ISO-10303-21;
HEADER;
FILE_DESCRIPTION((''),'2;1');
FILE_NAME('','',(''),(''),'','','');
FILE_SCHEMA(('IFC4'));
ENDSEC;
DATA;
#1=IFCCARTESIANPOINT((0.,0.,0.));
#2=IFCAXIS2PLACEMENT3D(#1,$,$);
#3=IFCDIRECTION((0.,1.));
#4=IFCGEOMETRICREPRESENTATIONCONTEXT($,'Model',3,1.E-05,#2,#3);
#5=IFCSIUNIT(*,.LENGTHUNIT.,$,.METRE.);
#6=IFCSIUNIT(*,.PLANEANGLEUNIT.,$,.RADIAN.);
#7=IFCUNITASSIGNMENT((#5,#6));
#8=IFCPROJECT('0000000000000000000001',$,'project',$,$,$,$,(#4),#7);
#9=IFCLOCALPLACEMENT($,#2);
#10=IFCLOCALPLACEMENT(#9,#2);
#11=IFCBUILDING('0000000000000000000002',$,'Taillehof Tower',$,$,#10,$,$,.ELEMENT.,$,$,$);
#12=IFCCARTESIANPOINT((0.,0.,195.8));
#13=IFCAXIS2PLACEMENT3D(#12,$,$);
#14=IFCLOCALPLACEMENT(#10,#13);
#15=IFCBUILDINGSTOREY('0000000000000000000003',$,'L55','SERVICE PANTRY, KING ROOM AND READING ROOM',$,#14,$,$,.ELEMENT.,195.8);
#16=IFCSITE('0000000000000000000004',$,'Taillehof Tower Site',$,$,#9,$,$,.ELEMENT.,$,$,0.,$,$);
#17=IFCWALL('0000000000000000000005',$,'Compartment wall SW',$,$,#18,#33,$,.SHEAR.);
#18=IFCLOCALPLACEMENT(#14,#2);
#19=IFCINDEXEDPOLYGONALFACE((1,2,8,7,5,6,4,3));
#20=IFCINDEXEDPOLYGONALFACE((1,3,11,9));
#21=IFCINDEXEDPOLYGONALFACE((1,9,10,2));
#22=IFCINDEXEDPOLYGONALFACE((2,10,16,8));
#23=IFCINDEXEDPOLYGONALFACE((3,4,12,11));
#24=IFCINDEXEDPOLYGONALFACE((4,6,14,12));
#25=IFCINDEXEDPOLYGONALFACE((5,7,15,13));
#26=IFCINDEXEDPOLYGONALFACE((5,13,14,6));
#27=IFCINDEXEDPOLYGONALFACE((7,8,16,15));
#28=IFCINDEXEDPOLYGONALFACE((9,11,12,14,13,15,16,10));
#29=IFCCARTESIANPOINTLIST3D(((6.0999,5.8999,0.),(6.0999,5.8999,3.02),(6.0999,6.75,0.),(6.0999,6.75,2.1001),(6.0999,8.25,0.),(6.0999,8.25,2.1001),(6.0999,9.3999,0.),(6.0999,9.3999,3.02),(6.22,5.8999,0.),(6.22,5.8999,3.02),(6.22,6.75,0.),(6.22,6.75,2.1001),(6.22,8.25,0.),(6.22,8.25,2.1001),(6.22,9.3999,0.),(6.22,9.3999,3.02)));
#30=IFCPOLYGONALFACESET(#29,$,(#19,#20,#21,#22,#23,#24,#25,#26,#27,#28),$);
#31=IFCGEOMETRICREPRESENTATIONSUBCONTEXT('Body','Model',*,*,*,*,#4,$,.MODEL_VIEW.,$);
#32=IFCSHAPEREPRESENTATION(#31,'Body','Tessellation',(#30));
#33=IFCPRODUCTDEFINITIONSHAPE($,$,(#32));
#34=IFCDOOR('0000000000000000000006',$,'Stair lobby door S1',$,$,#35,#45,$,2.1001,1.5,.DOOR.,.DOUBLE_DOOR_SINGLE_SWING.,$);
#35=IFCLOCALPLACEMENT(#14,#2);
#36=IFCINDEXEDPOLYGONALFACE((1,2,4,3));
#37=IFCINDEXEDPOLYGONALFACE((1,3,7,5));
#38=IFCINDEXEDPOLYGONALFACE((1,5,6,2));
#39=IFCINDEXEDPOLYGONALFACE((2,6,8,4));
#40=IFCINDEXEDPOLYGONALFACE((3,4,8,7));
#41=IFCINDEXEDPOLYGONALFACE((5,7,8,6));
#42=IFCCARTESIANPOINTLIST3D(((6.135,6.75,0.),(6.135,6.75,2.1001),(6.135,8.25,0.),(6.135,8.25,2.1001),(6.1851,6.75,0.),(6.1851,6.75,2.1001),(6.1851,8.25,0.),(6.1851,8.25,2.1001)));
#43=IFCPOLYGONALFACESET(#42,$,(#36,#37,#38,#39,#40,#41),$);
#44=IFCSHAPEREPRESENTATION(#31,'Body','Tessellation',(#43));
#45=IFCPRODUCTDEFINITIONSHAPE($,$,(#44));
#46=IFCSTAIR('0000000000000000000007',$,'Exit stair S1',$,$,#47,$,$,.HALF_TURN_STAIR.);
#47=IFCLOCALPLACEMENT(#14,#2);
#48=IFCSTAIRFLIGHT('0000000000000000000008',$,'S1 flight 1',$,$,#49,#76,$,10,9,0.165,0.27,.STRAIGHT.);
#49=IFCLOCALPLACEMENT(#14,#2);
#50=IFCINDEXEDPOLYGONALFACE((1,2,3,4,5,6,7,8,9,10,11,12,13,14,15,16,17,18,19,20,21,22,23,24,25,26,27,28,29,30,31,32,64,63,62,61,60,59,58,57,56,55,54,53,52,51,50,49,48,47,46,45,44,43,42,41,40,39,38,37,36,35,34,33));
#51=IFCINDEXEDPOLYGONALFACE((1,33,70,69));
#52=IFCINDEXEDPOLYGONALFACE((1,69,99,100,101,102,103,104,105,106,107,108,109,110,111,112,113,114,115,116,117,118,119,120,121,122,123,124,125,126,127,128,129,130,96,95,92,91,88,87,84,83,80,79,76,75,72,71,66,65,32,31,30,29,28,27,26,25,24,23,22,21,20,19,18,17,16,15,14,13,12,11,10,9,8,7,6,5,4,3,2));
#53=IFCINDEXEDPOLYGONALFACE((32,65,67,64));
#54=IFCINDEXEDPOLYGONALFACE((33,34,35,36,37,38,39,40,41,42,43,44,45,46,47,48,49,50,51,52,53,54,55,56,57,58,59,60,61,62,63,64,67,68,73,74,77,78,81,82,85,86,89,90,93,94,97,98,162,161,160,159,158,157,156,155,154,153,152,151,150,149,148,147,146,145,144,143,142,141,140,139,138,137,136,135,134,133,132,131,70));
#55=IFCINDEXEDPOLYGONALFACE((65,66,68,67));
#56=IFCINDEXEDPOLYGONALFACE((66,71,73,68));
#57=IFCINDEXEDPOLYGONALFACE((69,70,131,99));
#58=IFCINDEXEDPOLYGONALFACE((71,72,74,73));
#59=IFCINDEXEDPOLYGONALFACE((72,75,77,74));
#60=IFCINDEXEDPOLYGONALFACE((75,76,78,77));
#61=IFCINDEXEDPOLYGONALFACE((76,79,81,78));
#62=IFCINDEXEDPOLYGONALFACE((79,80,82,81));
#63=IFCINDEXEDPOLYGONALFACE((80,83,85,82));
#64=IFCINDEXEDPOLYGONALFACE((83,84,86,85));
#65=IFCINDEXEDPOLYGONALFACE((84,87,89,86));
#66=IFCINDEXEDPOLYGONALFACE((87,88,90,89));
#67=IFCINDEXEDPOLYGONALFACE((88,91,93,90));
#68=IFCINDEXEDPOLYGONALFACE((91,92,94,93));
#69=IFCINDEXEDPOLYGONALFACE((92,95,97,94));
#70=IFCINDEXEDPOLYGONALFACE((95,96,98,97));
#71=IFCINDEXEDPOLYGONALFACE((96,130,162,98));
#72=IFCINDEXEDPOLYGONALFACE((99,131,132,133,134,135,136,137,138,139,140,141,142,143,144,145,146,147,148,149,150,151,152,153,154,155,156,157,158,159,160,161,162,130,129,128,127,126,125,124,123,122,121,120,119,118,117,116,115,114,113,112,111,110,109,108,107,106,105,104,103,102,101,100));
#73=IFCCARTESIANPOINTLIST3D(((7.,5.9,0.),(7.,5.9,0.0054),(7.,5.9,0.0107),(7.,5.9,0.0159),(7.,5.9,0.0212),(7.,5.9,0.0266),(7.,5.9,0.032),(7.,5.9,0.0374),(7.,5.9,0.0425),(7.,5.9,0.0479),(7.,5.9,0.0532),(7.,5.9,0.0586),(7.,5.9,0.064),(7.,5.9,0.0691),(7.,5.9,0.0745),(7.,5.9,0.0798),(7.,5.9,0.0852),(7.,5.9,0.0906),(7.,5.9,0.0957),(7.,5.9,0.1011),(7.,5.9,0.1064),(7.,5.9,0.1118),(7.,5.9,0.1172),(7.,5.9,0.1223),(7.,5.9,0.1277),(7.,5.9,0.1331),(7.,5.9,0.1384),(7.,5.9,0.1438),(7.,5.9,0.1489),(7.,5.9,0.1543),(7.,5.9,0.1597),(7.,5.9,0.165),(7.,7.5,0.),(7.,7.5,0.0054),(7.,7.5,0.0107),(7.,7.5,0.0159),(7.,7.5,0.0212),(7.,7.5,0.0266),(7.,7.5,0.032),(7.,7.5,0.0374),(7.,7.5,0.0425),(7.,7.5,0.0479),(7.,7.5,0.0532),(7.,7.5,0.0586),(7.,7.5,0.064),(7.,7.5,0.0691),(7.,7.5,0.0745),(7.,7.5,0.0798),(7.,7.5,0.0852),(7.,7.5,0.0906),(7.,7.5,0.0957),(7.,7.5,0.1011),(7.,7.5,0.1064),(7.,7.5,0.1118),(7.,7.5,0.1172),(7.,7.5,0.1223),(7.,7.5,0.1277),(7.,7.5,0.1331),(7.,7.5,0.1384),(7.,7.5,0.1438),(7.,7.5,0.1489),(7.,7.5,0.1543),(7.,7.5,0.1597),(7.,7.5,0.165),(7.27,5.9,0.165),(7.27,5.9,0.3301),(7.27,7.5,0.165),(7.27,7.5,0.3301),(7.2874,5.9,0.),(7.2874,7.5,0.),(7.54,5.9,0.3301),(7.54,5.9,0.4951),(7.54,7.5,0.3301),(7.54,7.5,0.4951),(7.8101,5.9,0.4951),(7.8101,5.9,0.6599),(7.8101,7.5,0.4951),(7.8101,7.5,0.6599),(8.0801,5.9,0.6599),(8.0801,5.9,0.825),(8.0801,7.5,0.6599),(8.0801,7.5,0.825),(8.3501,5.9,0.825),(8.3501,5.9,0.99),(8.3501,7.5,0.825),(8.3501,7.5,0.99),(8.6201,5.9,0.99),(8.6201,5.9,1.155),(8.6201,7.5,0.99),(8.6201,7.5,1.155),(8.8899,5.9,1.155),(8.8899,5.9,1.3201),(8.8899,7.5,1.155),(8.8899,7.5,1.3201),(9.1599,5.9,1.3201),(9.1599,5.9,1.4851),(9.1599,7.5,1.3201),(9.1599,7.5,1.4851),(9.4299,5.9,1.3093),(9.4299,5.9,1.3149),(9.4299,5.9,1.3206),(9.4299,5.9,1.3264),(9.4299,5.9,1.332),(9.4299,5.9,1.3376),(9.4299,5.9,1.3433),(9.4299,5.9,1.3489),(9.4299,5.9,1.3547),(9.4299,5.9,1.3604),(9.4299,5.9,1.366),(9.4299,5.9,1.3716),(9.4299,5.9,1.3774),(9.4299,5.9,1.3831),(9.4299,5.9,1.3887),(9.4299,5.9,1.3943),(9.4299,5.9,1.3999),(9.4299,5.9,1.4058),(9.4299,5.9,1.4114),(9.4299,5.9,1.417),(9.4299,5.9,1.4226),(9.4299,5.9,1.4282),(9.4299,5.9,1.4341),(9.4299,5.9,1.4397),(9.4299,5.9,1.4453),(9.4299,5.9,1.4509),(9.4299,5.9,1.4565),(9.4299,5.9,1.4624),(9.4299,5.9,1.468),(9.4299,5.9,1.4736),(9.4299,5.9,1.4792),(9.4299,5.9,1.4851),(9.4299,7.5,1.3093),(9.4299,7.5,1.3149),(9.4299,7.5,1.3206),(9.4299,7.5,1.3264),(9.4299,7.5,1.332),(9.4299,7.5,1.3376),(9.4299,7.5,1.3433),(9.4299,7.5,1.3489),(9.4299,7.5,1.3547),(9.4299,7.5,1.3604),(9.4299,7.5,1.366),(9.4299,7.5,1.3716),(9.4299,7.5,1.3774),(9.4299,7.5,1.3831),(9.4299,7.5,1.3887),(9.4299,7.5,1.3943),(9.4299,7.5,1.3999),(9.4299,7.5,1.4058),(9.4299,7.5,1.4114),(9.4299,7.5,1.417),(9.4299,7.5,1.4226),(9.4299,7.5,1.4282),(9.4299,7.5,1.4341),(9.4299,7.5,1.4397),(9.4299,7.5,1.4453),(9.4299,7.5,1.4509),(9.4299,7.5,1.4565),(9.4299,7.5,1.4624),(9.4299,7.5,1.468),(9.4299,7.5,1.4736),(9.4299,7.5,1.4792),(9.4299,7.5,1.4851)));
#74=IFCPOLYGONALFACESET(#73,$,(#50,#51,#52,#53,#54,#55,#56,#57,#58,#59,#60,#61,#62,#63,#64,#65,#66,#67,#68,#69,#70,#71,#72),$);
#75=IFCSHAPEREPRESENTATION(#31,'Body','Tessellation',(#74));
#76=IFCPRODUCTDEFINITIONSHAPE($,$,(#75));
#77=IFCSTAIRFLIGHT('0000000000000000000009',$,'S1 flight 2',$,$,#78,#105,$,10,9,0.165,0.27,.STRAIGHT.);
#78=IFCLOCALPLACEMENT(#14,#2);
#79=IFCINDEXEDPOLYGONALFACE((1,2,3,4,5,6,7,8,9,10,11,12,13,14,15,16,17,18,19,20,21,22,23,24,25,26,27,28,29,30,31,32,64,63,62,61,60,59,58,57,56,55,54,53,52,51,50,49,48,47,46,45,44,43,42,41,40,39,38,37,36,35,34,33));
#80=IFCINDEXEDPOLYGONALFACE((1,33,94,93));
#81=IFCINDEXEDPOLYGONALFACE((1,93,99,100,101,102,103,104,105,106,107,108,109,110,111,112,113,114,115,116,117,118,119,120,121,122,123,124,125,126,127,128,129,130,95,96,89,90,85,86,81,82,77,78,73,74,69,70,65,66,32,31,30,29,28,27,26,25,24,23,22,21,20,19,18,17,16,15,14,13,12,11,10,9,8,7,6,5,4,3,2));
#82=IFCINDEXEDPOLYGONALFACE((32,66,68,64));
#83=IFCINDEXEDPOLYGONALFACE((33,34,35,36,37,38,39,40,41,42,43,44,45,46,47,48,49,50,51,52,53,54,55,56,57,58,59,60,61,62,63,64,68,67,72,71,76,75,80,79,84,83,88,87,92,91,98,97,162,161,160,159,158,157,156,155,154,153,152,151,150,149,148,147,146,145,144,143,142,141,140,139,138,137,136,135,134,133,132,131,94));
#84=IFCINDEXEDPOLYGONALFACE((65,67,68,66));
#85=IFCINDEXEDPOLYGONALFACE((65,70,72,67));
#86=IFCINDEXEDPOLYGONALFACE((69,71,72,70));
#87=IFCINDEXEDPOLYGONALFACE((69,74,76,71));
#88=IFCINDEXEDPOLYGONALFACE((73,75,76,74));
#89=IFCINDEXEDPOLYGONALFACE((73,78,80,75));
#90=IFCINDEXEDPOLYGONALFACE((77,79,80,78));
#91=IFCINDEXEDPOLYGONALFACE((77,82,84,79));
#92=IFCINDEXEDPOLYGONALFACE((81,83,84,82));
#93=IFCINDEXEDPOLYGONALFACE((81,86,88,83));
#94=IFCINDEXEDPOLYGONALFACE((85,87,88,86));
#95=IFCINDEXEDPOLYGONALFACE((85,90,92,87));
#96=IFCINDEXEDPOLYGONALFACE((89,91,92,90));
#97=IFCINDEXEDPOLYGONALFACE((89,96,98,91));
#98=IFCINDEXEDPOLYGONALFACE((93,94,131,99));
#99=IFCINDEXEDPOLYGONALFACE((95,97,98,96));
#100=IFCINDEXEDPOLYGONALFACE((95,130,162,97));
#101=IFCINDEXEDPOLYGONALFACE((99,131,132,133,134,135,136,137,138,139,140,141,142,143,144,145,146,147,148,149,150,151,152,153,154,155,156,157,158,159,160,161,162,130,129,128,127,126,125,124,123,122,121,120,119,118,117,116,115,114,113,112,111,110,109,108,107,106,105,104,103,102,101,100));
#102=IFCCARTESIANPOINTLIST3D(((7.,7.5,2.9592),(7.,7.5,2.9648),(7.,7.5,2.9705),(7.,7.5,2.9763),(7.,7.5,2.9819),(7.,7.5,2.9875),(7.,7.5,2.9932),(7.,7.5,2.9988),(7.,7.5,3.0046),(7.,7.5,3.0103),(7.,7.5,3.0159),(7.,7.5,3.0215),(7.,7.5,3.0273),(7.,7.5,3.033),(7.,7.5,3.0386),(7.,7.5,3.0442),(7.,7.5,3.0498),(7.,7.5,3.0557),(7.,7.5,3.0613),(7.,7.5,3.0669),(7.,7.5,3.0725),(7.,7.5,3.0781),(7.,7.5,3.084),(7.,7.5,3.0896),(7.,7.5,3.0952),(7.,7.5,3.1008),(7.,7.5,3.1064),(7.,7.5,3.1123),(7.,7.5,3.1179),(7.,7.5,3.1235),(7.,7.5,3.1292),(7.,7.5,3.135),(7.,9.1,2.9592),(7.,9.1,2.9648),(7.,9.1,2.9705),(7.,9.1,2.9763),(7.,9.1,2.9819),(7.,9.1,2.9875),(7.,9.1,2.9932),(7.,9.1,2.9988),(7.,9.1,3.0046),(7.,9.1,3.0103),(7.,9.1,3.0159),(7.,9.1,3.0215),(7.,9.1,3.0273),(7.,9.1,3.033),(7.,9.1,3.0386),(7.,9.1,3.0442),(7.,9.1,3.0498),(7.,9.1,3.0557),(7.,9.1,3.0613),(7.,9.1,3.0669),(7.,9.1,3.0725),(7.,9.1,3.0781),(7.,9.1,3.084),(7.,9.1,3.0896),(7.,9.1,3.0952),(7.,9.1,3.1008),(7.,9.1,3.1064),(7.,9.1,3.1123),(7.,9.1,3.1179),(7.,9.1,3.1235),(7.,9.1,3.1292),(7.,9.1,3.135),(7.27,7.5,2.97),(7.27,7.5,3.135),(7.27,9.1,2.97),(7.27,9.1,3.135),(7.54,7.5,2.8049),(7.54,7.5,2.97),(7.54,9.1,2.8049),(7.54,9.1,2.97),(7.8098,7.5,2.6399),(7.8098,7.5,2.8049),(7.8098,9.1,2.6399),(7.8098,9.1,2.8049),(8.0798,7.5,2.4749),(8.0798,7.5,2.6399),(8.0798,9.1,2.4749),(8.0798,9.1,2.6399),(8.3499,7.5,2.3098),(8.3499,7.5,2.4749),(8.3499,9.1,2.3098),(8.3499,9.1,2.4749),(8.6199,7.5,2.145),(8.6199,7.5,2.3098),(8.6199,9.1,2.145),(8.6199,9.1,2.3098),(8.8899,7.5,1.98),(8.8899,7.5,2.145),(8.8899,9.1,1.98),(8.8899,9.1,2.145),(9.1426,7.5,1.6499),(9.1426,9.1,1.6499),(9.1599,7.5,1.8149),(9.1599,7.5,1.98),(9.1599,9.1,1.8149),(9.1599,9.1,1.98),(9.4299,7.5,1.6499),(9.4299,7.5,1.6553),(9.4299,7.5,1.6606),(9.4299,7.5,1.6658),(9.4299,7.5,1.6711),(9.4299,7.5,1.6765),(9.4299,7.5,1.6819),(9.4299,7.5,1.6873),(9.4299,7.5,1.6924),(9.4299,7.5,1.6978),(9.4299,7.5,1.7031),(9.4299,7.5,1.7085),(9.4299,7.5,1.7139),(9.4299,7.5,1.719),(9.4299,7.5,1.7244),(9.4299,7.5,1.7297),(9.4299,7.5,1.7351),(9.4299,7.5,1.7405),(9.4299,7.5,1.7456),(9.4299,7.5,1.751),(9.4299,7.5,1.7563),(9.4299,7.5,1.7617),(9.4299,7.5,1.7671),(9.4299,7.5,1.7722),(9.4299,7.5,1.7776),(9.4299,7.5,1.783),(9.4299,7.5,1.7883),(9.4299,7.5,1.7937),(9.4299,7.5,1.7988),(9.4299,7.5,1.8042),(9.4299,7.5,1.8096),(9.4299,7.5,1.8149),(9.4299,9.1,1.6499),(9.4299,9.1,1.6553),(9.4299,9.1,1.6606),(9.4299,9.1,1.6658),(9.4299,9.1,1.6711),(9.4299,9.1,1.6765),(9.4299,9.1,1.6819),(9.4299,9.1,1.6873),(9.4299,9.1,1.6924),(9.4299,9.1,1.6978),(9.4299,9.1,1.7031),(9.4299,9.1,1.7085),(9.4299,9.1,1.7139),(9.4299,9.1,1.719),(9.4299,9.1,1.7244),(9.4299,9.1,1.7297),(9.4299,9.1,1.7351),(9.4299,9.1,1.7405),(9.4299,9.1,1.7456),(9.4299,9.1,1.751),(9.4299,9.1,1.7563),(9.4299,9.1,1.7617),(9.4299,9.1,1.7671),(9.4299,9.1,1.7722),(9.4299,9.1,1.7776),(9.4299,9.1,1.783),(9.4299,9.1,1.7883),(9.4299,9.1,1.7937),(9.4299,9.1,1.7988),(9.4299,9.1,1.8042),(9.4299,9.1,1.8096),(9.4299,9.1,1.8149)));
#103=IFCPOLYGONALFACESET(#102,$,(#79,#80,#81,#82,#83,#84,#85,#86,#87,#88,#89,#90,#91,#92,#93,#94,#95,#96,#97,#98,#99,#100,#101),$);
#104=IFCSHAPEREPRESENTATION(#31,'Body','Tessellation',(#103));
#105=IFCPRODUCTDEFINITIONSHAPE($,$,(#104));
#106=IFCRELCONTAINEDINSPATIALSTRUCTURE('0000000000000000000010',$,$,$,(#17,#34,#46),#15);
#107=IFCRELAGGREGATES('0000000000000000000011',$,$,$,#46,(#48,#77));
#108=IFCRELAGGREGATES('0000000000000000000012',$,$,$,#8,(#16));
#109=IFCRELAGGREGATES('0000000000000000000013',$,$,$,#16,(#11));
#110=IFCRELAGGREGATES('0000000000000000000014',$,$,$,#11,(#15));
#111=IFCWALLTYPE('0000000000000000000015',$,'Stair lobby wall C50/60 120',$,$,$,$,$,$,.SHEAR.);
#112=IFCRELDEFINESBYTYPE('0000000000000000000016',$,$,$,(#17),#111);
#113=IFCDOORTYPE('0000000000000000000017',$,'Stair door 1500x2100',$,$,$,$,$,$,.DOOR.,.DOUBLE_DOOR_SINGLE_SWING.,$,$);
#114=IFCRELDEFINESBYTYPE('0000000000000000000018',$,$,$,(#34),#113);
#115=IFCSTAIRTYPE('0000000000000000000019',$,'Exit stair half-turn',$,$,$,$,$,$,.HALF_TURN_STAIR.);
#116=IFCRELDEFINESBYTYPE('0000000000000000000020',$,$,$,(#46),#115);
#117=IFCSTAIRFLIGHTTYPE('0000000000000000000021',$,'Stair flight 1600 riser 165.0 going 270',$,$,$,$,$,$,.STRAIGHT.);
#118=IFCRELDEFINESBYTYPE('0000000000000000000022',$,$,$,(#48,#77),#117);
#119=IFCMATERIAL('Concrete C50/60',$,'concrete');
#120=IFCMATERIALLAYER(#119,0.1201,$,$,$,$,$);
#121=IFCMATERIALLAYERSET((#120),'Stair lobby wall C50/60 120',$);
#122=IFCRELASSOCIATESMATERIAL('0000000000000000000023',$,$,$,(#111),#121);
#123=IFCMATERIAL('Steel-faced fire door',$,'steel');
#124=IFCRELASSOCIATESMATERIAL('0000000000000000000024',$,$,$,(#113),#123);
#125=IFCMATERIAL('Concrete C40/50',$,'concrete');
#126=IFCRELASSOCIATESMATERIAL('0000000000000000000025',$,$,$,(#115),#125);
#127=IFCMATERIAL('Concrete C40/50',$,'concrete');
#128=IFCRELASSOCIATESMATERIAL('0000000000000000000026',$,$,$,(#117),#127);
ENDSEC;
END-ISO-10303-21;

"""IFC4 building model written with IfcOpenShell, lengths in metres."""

from ifc_helpers import new_model, si_unit, direction, frame, frame_2d, origin, place, context, subcontext, project, spatial, polyline, rectangle, outline, extrude, material, layer, layer_set, type_object, element, fill, aggregate, save


model = new_model("IFC4")

# Units and contexts
model_context = context("Model", 3, precision=1e-05, world=origin(), true_north=direction((0.0, 1.0)))
body_context = subcontext(model_context, "Body", "Model", "MODEL_VIEW")
ifc_project = project(units=[si_unit("LENGTHUNIT", "METRE"), si_unit("PLANEANGLEUNIT", "RADIAN")], contexts=[model_context])

# Site, building, storey
site_placement = place(None, origin())
site = spatial("IfcSite", under=ifc_project, at=site_placement, Name="Taillehof Tower Site", CompositionType="ELEMENT", RefElevation=0.0)
building_placement = place(site_placement, origin())
building = spatial("IfcBuilding", under=site, at=building_placement, Name="Taillehof Tower", CompositionType="ELEMENT")
storey_placement = place(building_placement, frame((0.0, 0.0, 195.8)))
storey = spatial("IfcBuildingStorey", under=building, at=storey_placement, Name="L55", Description="SERVICE PANTRY, KING ROOM AND READING ROOM", CompositionType="ELEMENT", Elevation=195.8)

# Wall, opening, door
ifc_material_1 = material(Name="Concrete C50/60", Category="concrete")
ifc_layer_1 = layer(ifc_material_1, 0.1201)
ifc_layer_set_1 = layer_set([ifc_layer_1], Name="Stair lobby wall C50/60 120")
wall_type_1 = type_object("IfcWallType", Name="Stair lobby wall C50/60 120", PredefinedType="SHEAR", material=ifc_layer_set_1)
wall_1_placement = place(storey_placement, frame((6.1599, 5.8999, 0.0), z_axis=(0.0, 0.0, 1.0), x_axis=(0.0, 1.0, 0.0)))
wall_1 = element("IfcWall", 1, at=wall_1_placement, inside=storey, type_object=wall_type_1, Name="Compartment wall SW", PredefinedType="SHEAR", context=body_context, shape_type="SweptSolid", body=[
    extrude(rectangle(XDim=3.5, YDim=0.1201, at=frame_2d((1.75, 0.0))), origin(), (0.0, 0.0, 1.0), 3.02),
])
opening_1_placement = place(wall_1_placement, frame((0.8501, 0.0, 0.0)))
opening_1 = element("IfcOpeningElement", 2, at=opening_1_placement, cuts=wall_1, PredefinedType="OPENING", context=body_context, shape_type="SweptSolid", body=[
    extrude(rectangle(XDim=1.5, YDim=2.1001, at=frame_2d((0.75, 1.05))), frame((0.0, 0.0701, 0.0), z_axis=(0.0, -1.0, 0.0), x_axis=(1.0, 0.0, 0.0)), (0.0, 0.0, 1.0), 0.1401),
])
ifc_material_2 = material(Name="Steel-faced fire door", Category="steel")
door_type_1 = type_object("IfcDoorType", Name="Stair door 1500x2100", OperationType="DOUBLE_DOOR_SINGLE_SWING", PredefinedType="DOOR", material=ifc_material_2)
door_1_placement = place(opening_1_placement, origin())
door_1 = element("IfcDoor", 3, at=door_1_placement, inside=storey, type_object=door_type_1, Name="Stair lobby door S1", OperationType="DOUBLE_DOOR_SINGLE_SWING", OverallHeight=2.1001, OverallWidth=1.5, PredefinedType="DOOR", context=body_context, shape_type="SweptSolid", body=[
    extrude(rectangle(XDim=1.5, YDim=2.1001, at=frame_2d((0.75, 1.05))), frame((0.0, 0.0249, 0.0), z_axis=(0.0, -1.0, 0.0), x_axis=(1.0, 0.0, 0.0)), (0.0, 0.0, 1.0), 0.05),
])
fill(opening_1, door_1)

# Stair, stair flights
ifc_material_3 = material(Name="Concrete C40/50", Category="concrete")
stair_type = type_object("IfcStairType", Name="Exit stair half-turn", PredefinedType="HALF_TURN_STAIR", material=ifc_material_3)
stair_placement = place(storey_placement, origin())
stair = element("IfcStair", 4, at=stair_placement, inside=storey, type_object=stair_type, Name="Exit stair S1", PredefinedType="HALF_TURN_STAIR")
ifc_material_4 = material(Name="Concrete C40/50", Category="concrete")
stair_flight_type = type_object("IfcStairFlightType", Name="Stair flight 1600 riser 165.0 going 270", PredefinedType="STRAIGHT", material=ifc_material_4)
stair_flight_1_placement = place(storey_placement, frame((7.0, 6.7, 0.0), z_axis=(0.0, 0.0, 1.0), x_axis=(1.0, 0.0, 0.0)))
stair_flight_1 = element("IfcStairFlight", 5, at=stair_flight_1_placement, type_object=stair_flight_type, Name="S1 flight 1", NumberOfRisers=10, NumberOfTreads=9, PredefinedType="STRAIGHT", RiserHeight=0.165, TreadLength=0.27, context=body_context, shape_type="SweptSolid", body=[
    extrude(outline(polyline([(0.0, 0.0), (0.0, 0.0054), (0.0, 0.0107), (0.0, 0.0159), (0.0, 0.0212), (0.0, 0.0266), (0.0, 0.032), (0.0, 0.0374), (0.0, 0.0425), (0.0, 0.0479), (0.0, 0.0532), (0.0, 0.0586), (0.0, 0.064), (0.0, 0.0691), (0.0, 0.0745), (0.0, 0.0798), (0.0, 0.0852), (0.0, 0.0906), (0.0, 0.0957), (0.0, 0.1011), (0.0, 0.1064), (0.0, 0.1118), (0.0, 0.1172), (0.0, 0.1223), (0.0, 0.1277), (0.0, 0.1331), (0.0, 0.1384), (0.0, 0.1438), (0.0, 0.1489), (0.0, 0.1543), (0.0, 0.1597), (0.0, 0.165), (0.27, 0.165), (0.27, 0.3301), (0.54, 0.3301), (0.54, 0.4951), (0.8101, 0.4951), (0.8101, 0.6599), (1.0801, 0.6599), (1.0801, 0.825), (1.3501, 0.825), (1.3501, 0.99), (1.6201, 0.99), (1.6201, 1.155), (1.8899, 1.155), (1.8899, 1.3201), (2.1599, 1.3201), (2.1599, 1.4851), (2.4299, 1.4851), (2.4299, 1.4792), (2.4299, 1.4736), (2.4299, 1.468), (2.4299, 1.4624), (2.4299, 1.4565), (2.4299, 1.4509), (2.4299, 1.4453), (2.4299, 1.4397), (2.4299, 1.4341), (2.4299, 1.4282), (2.4299, 1.4226), (2.4299, 1.417), (2.4299, 1.4114), (2.4299, 1.4058), (2.4299, 1.3999), (2.4299, 1.3943), (2.4299, 1.3887), (2.4299, 1.3831), (2.4299, 1.3774), (2.4299, 1.3716), (2.4299, 1.366), (2.4299, 1.3604), (2.4299, 1.3547), (2.4299, 1.3489), (2.4299, 1.3433), (2.4299, 1.3376), (2.4299, 1.332), (2.4299, 1.3264), (2.4299, 1.3206), (2.4299, 1.3149), (2.4299, 1.3093), (0.2874, 0.0), (0.0, 0.0)])), frame((0.0, 0.8, 0.0), z_axis=(0.0, -1.0, 0.0), x_axis=(1.0, 0.0, 0.0)), (0.0, 0.0, 1.0), 1.6),
])
stair_flight_2_placement = place(storey_placement, frame((9.4299, 8.3, 1.6499), z_axis=(0.0, 0.0, 1.0), x_axis=(-1.0, 0.0, 0.0)))
stair_flight_2 = element("IfcStairFlight", 6, at=stair_flight_2_placement, type_object=stair_flight_type, Name="S1 flight 2", NumberOfRisers=10, NumberOfTreads=9, PredefinedType="STRAIGHT", RiserHeight=0.165, TreadLength=0.27, context=body_context, shape_type="SweptSolid", body=[
    extrude(outline(polyline([(0.0, 0.0), (0.0, 0.0054), (0.0, 0.0107), (0.0, 0.0159), (0.0, 0.0212), (0.0, 0.0266), (0.0, 0.032), (0.0, 0.0374), (0.0, 0.0425), (0.0, 0.0479), (0.0, 0.0532), (0.0, 0.0586), (0.0, 0.064), (0.0, 0.0691), (0.0, 0.0745), (0.0, 0.0798), (0.0, 0.0852), (0.0, 0.0906), (0.0, 0.0957), (0.0, 0.1011), (0.0, 0.1064), (0.0, 0.1118), (0.0, 0.1172), (0.0, 0.1223), (0.0, 0.1277), (0.0, 0.1331), (0.0, 0.1384), (0.0, 0.1438), (0.0, 0.1489), (0.0, 0.1543), (0.0, 0.1597), (0.0, 0.165), (0.27, 0.165), (0.27, 0.3301), (0.54, 0.3301), (0.54, 0.4951), (0.8101, 0.4951), (0.8101, 0.6599), (1.0801, 0.6599), (1.0801, 0.825), (1.3501, 0.825), (1.3501, 0.99), (1.6201, 0.99), (1.6201, 1.155), (1.8899, 1.155), (1.8899, 1.3201), (2.1599, 1.3201), (2.1599, 1.4851), (2.4299, 1.4851), (2.4299, 1.4792), (2.4299, 1.4736), (2.4299, 1.468), (2.4299, 1.4624), (2.4299, 1.4565), (2.4299, 1.4509), (2.4299, 1.4453), (2.4299, 1.4397), (2.4299, 1.4341), (2.4299, 1.4282), (2.4299, 1.4226), (2.4299, 1.417), (2.4299, 1.4114), (2.4299, 1.4058), (2.4299, 1.3999), (2.4299, 1.3943), (2.4299, 1.3887), (2.4299, 1.3831), (2.4299, 1.3774), (2.4299, 1.3716), (2.4299, 1.366), (2.4299, 1.3604), (2.4299, 1.3547), (2.4299, 1.3489), (2.4299, 1.3433), (2.4299, 1.3376), (2.4299, 1.332), (2.4299, 1.3264), (2.4299, 1.3206), (2.4299, 1.3149), (2.4299, 1.3093), (0.2874, 0.0), (0.0, 0.0)])), frame((0.0, 0.8, 0.0), z_axis=(0.0, -1.0, 0.0), x_axis=(1.0, 0.0, 0.0)), (0.0, 0.0, 1.0), 1.6),
])
aggregate(stair, [stair_flight_1, stair_flight_2])

save(model, "model.ifc")
